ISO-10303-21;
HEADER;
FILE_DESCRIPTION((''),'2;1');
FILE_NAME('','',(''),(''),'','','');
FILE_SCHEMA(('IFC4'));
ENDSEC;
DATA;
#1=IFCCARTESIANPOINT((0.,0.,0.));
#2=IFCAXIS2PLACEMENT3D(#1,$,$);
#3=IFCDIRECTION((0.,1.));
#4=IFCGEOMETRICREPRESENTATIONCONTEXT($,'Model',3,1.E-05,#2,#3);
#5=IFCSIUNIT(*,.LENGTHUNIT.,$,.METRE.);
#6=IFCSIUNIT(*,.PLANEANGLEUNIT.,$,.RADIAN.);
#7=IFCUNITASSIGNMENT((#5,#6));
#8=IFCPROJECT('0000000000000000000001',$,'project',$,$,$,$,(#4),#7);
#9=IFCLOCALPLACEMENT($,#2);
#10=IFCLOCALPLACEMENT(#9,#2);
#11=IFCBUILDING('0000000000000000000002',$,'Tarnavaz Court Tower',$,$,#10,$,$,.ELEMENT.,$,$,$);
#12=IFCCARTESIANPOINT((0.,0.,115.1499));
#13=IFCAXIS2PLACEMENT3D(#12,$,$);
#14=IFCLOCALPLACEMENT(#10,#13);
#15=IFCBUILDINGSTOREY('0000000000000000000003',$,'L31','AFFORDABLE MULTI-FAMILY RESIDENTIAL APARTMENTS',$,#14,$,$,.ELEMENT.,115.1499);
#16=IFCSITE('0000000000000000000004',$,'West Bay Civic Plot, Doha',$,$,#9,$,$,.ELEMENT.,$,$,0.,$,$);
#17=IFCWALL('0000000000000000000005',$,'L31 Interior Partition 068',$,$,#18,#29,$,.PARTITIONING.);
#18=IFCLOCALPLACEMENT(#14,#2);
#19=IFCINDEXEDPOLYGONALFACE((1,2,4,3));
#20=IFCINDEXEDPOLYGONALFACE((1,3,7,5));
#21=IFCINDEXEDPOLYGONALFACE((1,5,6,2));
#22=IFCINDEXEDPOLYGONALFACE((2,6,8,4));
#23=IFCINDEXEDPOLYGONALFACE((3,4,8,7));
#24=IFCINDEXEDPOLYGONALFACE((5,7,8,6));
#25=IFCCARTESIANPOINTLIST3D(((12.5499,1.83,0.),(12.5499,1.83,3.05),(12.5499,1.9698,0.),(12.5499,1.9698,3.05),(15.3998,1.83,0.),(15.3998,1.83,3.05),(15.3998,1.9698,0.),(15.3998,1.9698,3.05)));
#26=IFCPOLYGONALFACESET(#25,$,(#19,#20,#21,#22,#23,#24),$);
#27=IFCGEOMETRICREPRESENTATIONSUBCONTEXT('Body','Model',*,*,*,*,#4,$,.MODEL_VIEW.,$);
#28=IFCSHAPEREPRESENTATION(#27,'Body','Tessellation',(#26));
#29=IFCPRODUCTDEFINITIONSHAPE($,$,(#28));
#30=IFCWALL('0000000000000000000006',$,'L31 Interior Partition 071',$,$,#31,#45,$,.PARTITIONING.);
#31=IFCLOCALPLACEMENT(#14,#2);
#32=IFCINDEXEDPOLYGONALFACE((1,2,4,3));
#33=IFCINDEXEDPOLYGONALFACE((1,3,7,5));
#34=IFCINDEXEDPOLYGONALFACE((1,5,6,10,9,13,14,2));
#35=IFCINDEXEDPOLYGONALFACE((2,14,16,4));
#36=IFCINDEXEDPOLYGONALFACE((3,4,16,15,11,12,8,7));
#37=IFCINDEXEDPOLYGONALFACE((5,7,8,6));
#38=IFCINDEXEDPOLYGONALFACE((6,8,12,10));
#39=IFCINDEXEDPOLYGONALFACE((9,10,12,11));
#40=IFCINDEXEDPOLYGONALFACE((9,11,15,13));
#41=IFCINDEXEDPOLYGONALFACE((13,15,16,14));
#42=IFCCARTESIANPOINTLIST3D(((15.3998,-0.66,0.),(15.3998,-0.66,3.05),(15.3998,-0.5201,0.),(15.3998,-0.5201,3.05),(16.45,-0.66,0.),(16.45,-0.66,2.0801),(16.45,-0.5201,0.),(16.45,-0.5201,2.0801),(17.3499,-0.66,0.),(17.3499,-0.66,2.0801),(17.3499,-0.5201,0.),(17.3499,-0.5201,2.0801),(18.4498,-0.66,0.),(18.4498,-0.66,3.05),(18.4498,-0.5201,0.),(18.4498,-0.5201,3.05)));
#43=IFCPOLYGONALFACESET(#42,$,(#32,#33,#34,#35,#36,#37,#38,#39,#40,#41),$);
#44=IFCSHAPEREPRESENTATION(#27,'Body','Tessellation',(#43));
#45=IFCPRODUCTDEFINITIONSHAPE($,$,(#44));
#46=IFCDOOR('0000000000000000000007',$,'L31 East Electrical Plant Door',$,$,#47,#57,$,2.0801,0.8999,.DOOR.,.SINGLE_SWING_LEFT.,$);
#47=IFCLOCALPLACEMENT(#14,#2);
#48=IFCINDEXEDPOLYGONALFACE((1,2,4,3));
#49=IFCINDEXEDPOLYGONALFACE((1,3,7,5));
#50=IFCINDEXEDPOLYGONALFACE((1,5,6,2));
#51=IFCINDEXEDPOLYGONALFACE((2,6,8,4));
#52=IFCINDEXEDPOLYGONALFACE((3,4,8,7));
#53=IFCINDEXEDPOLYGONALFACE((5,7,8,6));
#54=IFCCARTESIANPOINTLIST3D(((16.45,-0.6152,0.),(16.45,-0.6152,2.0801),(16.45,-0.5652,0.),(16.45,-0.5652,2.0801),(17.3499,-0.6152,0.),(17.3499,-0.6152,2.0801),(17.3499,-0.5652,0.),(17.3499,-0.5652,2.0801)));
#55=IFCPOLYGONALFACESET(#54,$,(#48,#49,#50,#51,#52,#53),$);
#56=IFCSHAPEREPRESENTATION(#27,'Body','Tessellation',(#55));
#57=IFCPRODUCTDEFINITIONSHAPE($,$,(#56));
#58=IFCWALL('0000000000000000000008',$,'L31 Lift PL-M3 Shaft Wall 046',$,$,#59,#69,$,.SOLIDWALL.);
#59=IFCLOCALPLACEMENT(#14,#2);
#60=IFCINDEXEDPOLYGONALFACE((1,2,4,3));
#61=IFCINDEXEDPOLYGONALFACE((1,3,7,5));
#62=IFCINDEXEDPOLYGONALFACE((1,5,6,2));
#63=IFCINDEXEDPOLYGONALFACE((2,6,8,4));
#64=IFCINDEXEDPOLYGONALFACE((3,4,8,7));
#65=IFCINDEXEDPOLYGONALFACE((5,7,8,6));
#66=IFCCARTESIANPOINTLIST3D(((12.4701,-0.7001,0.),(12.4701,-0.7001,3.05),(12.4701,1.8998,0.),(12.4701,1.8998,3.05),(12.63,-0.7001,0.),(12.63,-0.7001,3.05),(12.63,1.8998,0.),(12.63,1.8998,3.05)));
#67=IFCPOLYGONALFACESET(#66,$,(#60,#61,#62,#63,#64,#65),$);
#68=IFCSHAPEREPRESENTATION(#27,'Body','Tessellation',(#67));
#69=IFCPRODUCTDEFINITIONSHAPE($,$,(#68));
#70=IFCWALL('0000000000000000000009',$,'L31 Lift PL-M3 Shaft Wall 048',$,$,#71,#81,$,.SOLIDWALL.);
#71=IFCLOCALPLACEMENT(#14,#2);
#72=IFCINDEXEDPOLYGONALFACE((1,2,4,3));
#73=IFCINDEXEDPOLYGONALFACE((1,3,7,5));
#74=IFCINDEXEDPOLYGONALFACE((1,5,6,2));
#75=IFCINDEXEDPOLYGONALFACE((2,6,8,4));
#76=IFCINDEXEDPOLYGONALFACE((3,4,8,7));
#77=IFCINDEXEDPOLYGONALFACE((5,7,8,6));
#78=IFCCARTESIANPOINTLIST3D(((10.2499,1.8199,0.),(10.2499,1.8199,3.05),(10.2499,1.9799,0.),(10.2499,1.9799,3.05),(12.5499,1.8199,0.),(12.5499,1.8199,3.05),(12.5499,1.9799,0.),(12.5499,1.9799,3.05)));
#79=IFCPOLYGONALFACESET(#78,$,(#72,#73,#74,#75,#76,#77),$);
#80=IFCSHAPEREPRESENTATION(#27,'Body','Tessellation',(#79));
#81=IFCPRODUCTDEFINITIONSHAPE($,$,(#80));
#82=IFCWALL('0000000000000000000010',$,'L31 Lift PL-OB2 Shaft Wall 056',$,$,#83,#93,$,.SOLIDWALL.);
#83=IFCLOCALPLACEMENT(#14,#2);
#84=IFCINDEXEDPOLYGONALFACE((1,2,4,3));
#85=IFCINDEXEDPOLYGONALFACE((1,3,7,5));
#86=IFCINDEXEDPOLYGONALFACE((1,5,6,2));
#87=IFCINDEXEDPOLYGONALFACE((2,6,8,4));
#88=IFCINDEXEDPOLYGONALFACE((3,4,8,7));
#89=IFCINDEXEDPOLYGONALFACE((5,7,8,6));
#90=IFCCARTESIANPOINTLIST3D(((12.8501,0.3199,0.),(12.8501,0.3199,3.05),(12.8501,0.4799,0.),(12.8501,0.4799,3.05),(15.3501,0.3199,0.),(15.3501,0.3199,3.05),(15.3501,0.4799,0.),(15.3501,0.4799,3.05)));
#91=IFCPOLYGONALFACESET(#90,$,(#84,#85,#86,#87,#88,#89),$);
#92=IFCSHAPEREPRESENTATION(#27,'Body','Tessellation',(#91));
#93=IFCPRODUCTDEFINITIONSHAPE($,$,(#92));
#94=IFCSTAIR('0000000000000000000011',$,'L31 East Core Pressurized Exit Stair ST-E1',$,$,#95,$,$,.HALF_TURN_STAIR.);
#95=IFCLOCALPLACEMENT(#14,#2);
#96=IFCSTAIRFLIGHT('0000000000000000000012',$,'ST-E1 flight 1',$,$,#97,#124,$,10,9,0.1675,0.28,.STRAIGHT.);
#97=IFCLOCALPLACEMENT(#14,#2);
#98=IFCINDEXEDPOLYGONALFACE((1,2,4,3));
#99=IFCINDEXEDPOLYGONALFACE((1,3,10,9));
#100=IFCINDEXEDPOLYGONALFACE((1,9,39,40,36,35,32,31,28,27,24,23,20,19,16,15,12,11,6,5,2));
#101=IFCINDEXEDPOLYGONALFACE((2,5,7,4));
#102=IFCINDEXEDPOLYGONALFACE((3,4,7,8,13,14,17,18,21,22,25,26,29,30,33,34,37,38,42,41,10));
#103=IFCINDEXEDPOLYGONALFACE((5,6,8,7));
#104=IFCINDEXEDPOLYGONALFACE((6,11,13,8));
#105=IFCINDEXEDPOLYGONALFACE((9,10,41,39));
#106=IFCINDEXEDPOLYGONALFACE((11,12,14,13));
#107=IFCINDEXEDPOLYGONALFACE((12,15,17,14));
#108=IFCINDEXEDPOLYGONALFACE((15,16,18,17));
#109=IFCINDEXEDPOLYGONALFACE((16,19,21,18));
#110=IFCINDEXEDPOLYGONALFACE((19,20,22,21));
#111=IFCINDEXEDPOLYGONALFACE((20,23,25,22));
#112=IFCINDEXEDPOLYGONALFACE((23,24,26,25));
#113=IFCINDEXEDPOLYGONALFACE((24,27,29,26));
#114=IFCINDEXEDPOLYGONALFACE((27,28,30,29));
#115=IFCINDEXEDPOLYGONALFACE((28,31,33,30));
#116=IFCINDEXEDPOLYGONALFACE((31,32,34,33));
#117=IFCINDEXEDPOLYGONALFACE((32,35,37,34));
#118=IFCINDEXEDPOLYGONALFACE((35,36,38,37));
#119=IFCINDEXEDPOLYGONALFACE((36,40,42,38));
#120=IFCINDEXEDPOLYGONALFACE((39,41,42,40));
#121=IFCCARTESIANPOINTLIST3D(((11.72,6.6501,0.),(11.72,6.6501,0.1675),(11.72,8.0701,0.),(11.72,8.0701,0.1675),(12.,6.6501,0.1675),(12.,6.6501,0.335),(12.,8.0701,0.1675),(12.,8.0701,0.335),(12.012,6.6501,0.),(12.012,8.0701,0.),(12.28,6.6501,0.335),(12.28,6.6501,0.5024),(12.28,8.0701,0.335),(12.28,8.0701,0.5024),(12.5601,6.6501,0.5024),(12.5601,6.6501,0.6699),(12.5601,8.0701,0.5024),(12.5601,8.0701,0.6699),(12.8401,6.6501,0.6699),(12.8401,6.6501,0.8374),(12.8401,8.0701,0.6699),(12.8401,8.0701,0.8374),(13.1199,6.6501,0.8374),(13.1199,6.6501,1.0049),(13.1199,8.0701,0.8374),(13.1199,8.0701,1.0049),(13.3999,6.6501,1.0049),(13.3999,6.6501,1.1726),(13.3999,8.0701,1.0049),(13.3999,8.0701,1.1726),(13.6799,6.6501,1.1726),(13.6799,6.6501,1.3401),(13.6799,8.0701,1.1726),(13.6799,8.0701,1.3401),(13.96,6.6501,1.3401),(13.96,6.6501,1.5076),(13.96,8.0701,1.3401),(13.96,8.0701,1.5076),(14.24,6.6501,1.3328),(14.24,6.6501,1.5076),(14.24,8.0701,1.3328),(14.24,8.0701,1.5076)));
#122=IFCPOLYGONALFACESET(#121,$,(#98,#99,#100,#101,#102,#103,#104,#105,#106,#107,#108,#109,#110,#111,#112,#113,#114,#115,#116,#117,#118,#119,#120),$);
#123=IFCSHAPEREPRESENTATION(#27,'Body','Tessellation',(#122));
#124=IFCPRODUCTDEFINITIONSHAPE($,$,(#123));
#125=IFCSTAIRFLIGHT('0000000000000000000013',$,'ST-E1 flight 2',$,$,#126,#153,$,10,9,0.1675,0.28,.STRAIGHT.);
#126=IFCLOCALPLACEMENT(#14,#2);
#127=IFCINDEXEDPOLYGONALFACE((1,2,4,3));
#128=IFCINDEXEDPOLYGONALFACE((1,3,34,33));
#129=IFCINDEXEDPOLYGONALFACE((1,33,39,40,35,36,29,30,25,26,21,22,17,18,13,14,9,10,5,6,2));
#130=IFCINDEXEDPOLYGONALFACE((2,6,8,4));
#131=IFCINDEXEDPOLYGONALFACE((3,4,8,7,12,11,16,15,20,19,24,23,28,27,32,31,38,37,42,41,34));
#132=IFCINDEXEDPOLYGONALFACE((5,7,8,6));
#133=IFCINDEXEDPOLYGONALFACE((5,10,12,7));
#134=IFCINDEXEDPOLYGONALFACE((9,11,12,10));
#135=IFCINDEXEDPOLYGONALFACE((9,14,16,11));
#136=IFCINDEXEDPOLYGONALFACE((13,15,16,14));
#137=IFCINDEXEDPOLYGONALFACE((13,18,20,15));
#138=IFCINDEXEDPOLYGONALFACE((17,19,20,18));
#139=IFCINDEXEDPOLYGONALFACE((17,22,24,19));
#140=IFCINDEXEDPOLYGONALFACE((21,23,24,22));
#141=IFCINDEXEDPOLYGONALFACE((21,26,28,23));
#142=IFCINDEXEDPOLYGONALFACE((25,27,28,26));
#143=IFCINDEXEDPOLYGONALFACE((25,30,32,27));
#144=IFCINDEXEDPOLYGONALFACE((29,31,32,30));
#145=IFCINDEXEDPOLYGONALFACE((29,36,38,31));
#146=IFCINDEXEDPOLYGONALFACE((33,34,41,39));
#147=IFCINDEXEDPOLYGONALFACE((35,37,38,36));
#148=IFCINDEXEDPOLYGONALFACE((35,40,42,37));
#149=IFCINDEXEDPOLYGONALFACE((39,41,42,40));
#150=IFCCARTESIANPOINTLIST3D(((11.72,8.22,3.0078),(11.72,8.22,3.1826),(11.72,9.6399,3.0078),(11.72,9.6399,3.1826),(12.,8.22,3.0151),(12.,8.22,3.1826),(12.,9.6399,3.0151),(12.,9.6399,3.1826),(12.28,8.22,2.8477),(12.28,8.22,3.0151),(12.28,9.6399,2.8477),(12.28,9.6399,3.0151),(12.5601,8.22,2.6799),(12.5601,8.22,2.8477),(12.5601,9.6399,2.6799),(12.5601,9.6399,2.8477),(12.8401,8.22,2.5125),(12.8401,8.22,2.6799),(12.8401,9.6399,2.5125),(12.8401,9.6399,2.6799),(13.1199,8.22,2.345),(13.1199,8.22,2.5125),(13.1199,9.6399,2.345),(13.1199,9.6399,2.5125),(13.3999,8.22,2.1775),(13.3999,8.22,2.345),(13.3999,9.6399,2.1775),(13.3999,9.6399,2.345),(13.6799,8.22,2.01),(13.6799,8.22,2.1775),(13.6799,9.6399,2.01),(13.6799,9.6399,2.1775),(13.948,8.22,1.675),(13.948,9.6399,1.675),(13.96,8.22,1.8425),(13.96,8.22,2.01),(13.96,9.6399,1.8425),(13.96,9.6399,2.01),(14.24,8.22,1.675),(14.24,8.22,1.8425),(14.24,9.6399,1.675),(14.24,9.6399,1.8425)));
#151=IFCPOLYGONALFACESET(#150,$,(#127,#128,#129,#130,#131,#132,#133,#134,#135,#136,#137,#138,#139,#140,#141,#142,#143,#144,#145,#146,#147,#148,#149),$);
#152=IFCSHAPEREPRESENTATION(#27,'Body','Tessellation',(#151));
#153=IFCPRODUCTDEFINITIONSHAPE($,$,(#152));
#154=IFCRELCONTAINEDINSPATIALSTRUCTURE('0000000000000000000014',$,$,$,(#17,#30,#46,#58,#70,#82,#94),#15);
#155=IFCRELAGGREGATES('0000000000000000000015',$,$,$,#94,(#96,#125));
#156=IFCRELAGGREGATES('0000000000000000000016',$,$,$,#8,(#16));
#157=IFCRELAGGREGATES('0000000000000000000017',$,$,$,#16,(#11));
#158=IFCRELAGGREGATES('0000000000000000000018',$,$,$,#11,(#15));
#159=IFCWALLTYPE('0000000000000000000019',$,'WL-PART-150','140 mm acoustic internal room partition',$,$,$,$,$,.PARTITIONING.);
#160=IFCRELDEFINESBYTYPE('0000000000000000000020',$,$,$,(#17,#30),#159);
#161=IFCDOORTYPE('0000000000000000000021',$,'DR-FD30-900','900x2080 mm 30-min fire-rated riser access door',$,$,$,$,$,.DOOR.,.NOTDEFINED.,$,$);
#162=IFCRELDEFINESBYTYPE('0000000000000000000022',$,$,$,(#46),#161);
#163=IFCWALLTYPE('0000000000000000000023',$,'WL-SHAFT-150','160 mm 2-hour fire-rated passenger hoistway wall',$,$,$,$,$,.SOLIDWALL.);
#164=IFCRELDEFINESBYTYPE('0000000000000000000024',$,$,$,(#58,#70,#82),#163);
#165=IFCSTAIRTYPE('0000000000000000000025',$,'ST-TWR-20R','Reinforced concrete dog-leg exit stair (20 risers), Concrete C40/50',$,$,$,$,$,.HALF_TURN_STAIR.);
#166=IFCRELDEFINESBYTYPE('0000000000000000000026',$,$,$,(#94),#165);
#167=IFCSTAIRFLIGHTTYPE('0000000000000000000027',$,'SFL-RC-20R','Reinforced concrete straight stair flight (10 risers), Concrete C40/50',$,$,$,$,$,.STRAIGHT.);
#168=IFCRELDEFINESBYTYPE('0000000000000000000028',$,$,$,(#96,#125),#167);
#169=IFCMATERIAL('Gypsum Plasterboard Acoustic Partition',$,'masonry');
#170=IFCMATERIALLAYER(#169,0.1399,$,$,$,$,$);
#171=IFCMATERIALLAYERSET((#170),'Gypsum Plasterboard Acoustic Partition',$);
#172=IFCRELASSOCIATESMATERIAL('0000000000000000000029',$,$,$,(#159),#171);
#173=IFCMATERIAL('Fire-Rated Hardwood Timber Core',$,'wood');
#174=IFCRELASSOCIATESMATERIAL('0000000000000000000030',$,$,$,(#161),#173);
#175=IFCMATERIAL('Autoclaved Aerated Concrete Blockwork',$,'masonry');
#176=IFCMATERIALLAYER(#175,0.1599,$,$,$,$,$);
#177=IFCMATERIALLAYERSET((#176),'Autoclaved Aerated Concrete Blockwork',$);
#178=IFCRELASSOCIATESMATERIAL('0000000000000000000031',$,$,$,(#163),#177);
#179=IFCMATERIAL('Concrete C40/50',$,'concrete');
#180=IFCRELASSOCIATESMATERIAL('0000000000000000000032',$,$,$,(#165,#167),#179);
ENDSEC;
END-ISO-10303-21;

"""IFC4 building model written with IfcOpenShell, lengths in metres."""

from ifc_helpers import new_model, si_unit, direction, frame, frame_2d, origin, place, context, subcontext, project, spatial, polyline, rectangle, outline, extrude, material, layer, layer_set, type_object, element, fill, aggregate, save


model = new_model("IFC4")

# Units and contexts
model_context = context("Model", 3, precision=1e-05, world=origin(), true_north=direction((0.0, 1.0)))
body_context = subcontext(model_context, "Body", "Model", "MODEL_VIEW")
ifc_project = project(units=[si_unit("LENGTHUNIT", "METRE"), si_unit("PLANEANGLEUNIT", "RADIAN")], contexts=[model_context])

# Site, building, storey
site_placement = place(None, origin())
site = spatial("IfcSite", under=ifc_project, at=site_placement, Name="West Bay Civic Plot, Doha", CompositionType="ELEMENT", RefElevation=0.0)
building_placement = place(site_placement, origin())
building = spatial("IfcBuilding", under=site, at=building_placement, Name="Tarnavaz Court Tower", CompositionType="ELEMENT")
storey_placement = place(building_placement, frame((0.0, 0.0, 115.1499)))
storey = spatial("IfcBuildingStorey", under=building, at=storey_placement, Name="L31", Description="AFFORDABLE MULTI-FAMILY RESIDENTIAL APARTMENTS", CompositionType="ELEMENT", Elevation=115.1499)

# Wall
ifc_material_1 = material(Name="Gypsum Plasterboard Acoustic Partition", Category="masonry")
ifc_layer_1 = layer(ifc_material_1, 0.1399)
ifc_layer_set_1 = layer_set([ifc_layer_1], Name="Gypsum Plasterboard Acoustic Partition")
wall_type_1 = type_object("IfcWallType", Name="WL-PART-150", Description="140 mm acoustic internal room partition", PredefinedType="PARTITIONING", material=ifc_layer_set_1)
wall_1_placement = place(storey_placement, frame((12.55, 1.8999, 0.0), z_axis=(0.0, 0.0, 1.0), x_axis=(1.0, 0.0, 0.0)))
element("IfcWall", 1, at=wall_1_placement, inside=storey, type_object=wall_type_1, Name="L31 Interior Partition 068", PredefinedType="PARTITIONING", context=body_context, shape_type="SweptSolid", body=[
    extrude(rectangle(XDim=2.8499, YDim=0.1399, at=frame_2d((1.4248, 0.0))), origin(), (0.0, 0.0, 1.0), 3.05),
])

# Wall, opening, door
wall_2_placement = place(storey_placement, frame((15.3999, -0.5901, 0.0), z_axis=(0.0, 0.0, 1.0), x_axis=(1.0, 0.0, 0.0)))
wall_2 = element("IfcWall", 2, at=wall_2_placement, inside=storey, type_object=wall_type_1, Name="L31 Interior Partition 071", PredefinedType="PARTITIONING", context=body_context, shape_type="SweptSolid", body=[
    extrude(rectangle(XDim=3.05, YDim=0.1399, at=frame_2d((1.5249, 0.0))), origin(), (0.0, 0.0, 1.0), 3.05),
])
opening_1_placement = place(wall_2_placement, frame((1.05, 0.0, 0.0)))
opening_1 = element("IfcOpeningElement", 3, at=opening_1_placement, cuts=wall_2, PredefinedType="OPENING", context=body_context, shape_type="SweptSolid", body=[
    extrude(rectangle(XDim=0.8999, YDim=2.0801, at=frame_2d((0.45, 1.04))), frame((0.0, 0.0798, 0.0), z_axis=(0.0, -1.0, 0.0), x_axis=(1.0, 0.0, 0.0)), (0.0, 0.0, 1.0), 0.1599),
])
ifc_material_2 = material(Name="Fire-Rated Hardwood Timber Core", Category="wood")
door_type_1 = type_object("IfcDoorType", Name="DR-FD30-900", Description="900x2080 mm 30-min fire-rated riser access door", OperationType="NOTDEFINED", PredefinedType="DOOR", material=ifc_material_2)
door_1_placement = place(opening_1_placement, origin())
door_1 = element("IfcDoor", 4, at=door_1_placement, inside=storey, type_object=door_type_1, Name="L31 East Electrical Plant Door", OperationType="SINGLE_SWING_LEFT", OverallHeight=2.0801, OverallWidth=0.8999, PredefinedType="DOOR", context=body_context, shape_type="SweptSolid", body=[
    extrude(rectangle(XDim=0.8999, YDim=2.0801, at=frame_2d((0.45, 1.04))), frame((0.0, 0.0249, 0.0), z_axis=(0.0, -1.0, 0.0), x_axis=(1.0, 0.0, 0.0)), (0.0, 0.0, 1.0), 0.05),
])
fill(opening_1, door_1)

# Walls
ifc_material_3 = material(Name="Autoclaved Aerated Concrete Blockwork", Category="masonry")
ifc_layer_2 = layer(ifc_material_3, 0.1599)
ifc_layer_set_2 = layer_set([ifc_layer_2], Name="Autoclaved Aerated Concrete Blockwork")
wall_type_2 = type_object("IfcWallType", Name="WL-SHAFT-150", Description="160 mm 2-hour fire-rated passenger hoistway wall", PredefinedType="SOLIDWALL", material=ifc_layer_set_2)
wall_3_placement = place(storey_placement, frame((12.55, -0.7, 0.0), z_axis=(0.0, 0.0, 1.0), x_axis=(0.0, 1.0, 0.0)))
element("IfcWall", 5, at=wall_3_placement, inside=storey, type_object=wall_type_2, Name="L31 Lift PL-M3 Shaft Wall 046", PredefinedType="SOLIDWALL", context=body_context, shape_type="SweptSolid", body=[
    extrude(rectangle(XDim=2.5999, YDim=0.1599, at=frame_2d((1.2998, 0.0))), origin(), (0.0, 0.0, 1.0), 3.05),
])
wall_4_placement = place(storey_placement, frame((10.25, 1.8999, 0.0), z_axis=(0.0, 0.0, 1.0), x_axis=(1.0, 0.0, 0.0)))
element("IfcWall", 6, at=wall_4_placement, inside=storey, type_object=wall_type_2, Name="L31 Lift PL-M3 Shaft Wall 048", PredefinedType="SOLIDWALL", context=body_context, shape_type="SweptSolid", body=[
    extrude(rectangle(XDim=2.3, YDim=0.1599, at=frame_2d((1.1499, 0.0))), origin(), (0.0, 0.0, 1.0), 3.05),
])
wall_5_placement = place(storey_placement, frame((12.8501, 0.3999, 0.0), z_axis=(0.0, 0.0, 1.0), x_axis=(1.0, 0.0, 0.0)))
element("IfcWall", 7, at=wall_5_placement, inside=storey, type_object=wall_type_2, Name="L31 Lift PL-OB2 Shaft Wall 056", PredefinedType="SOLIDWALL", context=body_context, shape_type="SweptSolid", body=[
    extrude(rectangle(XDim=2.5, YDim=0.1599, at=frame_2d((1.25, 0.0))), origin(), (0.0, 0.0, 1.0), 3.05),
])

# Stair, stair flights
ifc_material_4 = material(Name="Concrete C40/50", Category="concrete")
stair_type = type_object("IfcStairType", Name="ST-TWR-20R", Description="Reinforced concrete dog-leg exit stair (20 risers), Concrete C40/50", PredefinedType="HALF_TURN_STAIR", material=ifc_material_4)
stair_placement = place(storey_placement, origin())
stair = element("IfcStair", 8, at=stair_placement, inside=storey, type_object=stair_type, Name="L31 East Core Pressurized Exit Stair ST-E1", PredefinedType="HALF_TURN_STAIR")
stair_flight_type = type_object("IfcStairFlightType", Name="SFL-RC-20R", Description="Reinforced concrete straight stair flight (10 risers), Concrete C40/50", PredefinedType="STRAIGHT", material=ifc_material_4)
stair_flight_1_placement = place(storey_placement, frame((11.72, 7.3601, 0.0), z_axis=(0.0, 0.0, 1.0), x_axis=(1.0, 0.0, 0.0)))
stair_flight_1 = element("IfcStairFlight", 9, at=stair_flight_1_placement, type_object=stair_flight_type, Name="ST-E1 flight 1", NumberOfRisers=10, NumberOfTreads=9, PredefinedType="STRAIGHT", RiserHeight=0.1675, TreadLength=0.28, context=body_context, shape_type="SweptSolid", body=[
    extrude(outline(polyline([(0.0, 0.0), (0.0, 0.1675), (0.28, 0.1675), (0.28, 0.335), (0.5601, 0.335), (0.5601, 0.5024), (0.8401, 0.5024), (0.8401, 0.6699), (1.1201, 0.6699), (1.1201, 0.8374), (1.3999, 0.8374), (1.3999, 1.0049), (1.6799, 1.0049), (1.6799, 1.1726), (1.96, 1.1726), (1.96, 1.3401), (2.24, 1.3401), (2.24, 1.5076), (2.52, 1.5076), (2.52, 1.675), (2.52, 1.3328), (0.292, 0.0), (0.0, 0.0)])), frame((0.0, 0.71, 0.0), z_axis=(0.0, -1.0, 0.0), x_axis=(1.0, 0.0, 0.0)), (0.0, 0.0, 1.0), 1.4199),
])
stair_flight_2_placement = place(storey_placement, frame((14.24, 8.9299, 1.675), z_axis=(0.0, 0.0, 1.0), x_axis=(-1.0, 0.0, 0.0)))
stair_flight_2 = element("IfcStairFlight", 10, at=stair_flight_2_placement, type_object=stair_flight_type, Name="ST-E1 flight 2", NumberOfRisers=10, NumberOfTreads=9, PredefinedType="STRAIGHT", RiserHeight=0.1675, TreadLength=0.28, context=body_context, shape_type="SweptSolid", body=[
    extrude(outline(polyline([(0.0, 0.0), (0.0, 0.1675), (0.28, 0.1675), (0.28, 0.335), (0.5601, 0.335), (0.5601, 0.5024), (0.8401, 0.5024), (0.8401, 0.6699), (1.1201, 0.6699), (1.1201, 0.8374), (1.3999, 0.8374), (1.3999, 1.0049), (1.6799, 1.0049), (1.6799, 1.1726), (1.96, 1.1726), (1.96, 1.3401), (2.24, 1.3401), (2.24, 1.5076), (2.52, 1.5076), (2.52, 1.675), (2.52, 1.3328), (0.292, 0.0), (0.0, 0.0)])), frame((0.0, 0.71, 0.0), z_axis=(0.0, -1.0, 0.0), x_axis=(1.0, 0.0, 0.0)), (0.0, 0.0, 1.0), 1.4199),
])
aggregate(stair, [stair_flight_1, stair_flight_2])

save(model, "model.ifc")
